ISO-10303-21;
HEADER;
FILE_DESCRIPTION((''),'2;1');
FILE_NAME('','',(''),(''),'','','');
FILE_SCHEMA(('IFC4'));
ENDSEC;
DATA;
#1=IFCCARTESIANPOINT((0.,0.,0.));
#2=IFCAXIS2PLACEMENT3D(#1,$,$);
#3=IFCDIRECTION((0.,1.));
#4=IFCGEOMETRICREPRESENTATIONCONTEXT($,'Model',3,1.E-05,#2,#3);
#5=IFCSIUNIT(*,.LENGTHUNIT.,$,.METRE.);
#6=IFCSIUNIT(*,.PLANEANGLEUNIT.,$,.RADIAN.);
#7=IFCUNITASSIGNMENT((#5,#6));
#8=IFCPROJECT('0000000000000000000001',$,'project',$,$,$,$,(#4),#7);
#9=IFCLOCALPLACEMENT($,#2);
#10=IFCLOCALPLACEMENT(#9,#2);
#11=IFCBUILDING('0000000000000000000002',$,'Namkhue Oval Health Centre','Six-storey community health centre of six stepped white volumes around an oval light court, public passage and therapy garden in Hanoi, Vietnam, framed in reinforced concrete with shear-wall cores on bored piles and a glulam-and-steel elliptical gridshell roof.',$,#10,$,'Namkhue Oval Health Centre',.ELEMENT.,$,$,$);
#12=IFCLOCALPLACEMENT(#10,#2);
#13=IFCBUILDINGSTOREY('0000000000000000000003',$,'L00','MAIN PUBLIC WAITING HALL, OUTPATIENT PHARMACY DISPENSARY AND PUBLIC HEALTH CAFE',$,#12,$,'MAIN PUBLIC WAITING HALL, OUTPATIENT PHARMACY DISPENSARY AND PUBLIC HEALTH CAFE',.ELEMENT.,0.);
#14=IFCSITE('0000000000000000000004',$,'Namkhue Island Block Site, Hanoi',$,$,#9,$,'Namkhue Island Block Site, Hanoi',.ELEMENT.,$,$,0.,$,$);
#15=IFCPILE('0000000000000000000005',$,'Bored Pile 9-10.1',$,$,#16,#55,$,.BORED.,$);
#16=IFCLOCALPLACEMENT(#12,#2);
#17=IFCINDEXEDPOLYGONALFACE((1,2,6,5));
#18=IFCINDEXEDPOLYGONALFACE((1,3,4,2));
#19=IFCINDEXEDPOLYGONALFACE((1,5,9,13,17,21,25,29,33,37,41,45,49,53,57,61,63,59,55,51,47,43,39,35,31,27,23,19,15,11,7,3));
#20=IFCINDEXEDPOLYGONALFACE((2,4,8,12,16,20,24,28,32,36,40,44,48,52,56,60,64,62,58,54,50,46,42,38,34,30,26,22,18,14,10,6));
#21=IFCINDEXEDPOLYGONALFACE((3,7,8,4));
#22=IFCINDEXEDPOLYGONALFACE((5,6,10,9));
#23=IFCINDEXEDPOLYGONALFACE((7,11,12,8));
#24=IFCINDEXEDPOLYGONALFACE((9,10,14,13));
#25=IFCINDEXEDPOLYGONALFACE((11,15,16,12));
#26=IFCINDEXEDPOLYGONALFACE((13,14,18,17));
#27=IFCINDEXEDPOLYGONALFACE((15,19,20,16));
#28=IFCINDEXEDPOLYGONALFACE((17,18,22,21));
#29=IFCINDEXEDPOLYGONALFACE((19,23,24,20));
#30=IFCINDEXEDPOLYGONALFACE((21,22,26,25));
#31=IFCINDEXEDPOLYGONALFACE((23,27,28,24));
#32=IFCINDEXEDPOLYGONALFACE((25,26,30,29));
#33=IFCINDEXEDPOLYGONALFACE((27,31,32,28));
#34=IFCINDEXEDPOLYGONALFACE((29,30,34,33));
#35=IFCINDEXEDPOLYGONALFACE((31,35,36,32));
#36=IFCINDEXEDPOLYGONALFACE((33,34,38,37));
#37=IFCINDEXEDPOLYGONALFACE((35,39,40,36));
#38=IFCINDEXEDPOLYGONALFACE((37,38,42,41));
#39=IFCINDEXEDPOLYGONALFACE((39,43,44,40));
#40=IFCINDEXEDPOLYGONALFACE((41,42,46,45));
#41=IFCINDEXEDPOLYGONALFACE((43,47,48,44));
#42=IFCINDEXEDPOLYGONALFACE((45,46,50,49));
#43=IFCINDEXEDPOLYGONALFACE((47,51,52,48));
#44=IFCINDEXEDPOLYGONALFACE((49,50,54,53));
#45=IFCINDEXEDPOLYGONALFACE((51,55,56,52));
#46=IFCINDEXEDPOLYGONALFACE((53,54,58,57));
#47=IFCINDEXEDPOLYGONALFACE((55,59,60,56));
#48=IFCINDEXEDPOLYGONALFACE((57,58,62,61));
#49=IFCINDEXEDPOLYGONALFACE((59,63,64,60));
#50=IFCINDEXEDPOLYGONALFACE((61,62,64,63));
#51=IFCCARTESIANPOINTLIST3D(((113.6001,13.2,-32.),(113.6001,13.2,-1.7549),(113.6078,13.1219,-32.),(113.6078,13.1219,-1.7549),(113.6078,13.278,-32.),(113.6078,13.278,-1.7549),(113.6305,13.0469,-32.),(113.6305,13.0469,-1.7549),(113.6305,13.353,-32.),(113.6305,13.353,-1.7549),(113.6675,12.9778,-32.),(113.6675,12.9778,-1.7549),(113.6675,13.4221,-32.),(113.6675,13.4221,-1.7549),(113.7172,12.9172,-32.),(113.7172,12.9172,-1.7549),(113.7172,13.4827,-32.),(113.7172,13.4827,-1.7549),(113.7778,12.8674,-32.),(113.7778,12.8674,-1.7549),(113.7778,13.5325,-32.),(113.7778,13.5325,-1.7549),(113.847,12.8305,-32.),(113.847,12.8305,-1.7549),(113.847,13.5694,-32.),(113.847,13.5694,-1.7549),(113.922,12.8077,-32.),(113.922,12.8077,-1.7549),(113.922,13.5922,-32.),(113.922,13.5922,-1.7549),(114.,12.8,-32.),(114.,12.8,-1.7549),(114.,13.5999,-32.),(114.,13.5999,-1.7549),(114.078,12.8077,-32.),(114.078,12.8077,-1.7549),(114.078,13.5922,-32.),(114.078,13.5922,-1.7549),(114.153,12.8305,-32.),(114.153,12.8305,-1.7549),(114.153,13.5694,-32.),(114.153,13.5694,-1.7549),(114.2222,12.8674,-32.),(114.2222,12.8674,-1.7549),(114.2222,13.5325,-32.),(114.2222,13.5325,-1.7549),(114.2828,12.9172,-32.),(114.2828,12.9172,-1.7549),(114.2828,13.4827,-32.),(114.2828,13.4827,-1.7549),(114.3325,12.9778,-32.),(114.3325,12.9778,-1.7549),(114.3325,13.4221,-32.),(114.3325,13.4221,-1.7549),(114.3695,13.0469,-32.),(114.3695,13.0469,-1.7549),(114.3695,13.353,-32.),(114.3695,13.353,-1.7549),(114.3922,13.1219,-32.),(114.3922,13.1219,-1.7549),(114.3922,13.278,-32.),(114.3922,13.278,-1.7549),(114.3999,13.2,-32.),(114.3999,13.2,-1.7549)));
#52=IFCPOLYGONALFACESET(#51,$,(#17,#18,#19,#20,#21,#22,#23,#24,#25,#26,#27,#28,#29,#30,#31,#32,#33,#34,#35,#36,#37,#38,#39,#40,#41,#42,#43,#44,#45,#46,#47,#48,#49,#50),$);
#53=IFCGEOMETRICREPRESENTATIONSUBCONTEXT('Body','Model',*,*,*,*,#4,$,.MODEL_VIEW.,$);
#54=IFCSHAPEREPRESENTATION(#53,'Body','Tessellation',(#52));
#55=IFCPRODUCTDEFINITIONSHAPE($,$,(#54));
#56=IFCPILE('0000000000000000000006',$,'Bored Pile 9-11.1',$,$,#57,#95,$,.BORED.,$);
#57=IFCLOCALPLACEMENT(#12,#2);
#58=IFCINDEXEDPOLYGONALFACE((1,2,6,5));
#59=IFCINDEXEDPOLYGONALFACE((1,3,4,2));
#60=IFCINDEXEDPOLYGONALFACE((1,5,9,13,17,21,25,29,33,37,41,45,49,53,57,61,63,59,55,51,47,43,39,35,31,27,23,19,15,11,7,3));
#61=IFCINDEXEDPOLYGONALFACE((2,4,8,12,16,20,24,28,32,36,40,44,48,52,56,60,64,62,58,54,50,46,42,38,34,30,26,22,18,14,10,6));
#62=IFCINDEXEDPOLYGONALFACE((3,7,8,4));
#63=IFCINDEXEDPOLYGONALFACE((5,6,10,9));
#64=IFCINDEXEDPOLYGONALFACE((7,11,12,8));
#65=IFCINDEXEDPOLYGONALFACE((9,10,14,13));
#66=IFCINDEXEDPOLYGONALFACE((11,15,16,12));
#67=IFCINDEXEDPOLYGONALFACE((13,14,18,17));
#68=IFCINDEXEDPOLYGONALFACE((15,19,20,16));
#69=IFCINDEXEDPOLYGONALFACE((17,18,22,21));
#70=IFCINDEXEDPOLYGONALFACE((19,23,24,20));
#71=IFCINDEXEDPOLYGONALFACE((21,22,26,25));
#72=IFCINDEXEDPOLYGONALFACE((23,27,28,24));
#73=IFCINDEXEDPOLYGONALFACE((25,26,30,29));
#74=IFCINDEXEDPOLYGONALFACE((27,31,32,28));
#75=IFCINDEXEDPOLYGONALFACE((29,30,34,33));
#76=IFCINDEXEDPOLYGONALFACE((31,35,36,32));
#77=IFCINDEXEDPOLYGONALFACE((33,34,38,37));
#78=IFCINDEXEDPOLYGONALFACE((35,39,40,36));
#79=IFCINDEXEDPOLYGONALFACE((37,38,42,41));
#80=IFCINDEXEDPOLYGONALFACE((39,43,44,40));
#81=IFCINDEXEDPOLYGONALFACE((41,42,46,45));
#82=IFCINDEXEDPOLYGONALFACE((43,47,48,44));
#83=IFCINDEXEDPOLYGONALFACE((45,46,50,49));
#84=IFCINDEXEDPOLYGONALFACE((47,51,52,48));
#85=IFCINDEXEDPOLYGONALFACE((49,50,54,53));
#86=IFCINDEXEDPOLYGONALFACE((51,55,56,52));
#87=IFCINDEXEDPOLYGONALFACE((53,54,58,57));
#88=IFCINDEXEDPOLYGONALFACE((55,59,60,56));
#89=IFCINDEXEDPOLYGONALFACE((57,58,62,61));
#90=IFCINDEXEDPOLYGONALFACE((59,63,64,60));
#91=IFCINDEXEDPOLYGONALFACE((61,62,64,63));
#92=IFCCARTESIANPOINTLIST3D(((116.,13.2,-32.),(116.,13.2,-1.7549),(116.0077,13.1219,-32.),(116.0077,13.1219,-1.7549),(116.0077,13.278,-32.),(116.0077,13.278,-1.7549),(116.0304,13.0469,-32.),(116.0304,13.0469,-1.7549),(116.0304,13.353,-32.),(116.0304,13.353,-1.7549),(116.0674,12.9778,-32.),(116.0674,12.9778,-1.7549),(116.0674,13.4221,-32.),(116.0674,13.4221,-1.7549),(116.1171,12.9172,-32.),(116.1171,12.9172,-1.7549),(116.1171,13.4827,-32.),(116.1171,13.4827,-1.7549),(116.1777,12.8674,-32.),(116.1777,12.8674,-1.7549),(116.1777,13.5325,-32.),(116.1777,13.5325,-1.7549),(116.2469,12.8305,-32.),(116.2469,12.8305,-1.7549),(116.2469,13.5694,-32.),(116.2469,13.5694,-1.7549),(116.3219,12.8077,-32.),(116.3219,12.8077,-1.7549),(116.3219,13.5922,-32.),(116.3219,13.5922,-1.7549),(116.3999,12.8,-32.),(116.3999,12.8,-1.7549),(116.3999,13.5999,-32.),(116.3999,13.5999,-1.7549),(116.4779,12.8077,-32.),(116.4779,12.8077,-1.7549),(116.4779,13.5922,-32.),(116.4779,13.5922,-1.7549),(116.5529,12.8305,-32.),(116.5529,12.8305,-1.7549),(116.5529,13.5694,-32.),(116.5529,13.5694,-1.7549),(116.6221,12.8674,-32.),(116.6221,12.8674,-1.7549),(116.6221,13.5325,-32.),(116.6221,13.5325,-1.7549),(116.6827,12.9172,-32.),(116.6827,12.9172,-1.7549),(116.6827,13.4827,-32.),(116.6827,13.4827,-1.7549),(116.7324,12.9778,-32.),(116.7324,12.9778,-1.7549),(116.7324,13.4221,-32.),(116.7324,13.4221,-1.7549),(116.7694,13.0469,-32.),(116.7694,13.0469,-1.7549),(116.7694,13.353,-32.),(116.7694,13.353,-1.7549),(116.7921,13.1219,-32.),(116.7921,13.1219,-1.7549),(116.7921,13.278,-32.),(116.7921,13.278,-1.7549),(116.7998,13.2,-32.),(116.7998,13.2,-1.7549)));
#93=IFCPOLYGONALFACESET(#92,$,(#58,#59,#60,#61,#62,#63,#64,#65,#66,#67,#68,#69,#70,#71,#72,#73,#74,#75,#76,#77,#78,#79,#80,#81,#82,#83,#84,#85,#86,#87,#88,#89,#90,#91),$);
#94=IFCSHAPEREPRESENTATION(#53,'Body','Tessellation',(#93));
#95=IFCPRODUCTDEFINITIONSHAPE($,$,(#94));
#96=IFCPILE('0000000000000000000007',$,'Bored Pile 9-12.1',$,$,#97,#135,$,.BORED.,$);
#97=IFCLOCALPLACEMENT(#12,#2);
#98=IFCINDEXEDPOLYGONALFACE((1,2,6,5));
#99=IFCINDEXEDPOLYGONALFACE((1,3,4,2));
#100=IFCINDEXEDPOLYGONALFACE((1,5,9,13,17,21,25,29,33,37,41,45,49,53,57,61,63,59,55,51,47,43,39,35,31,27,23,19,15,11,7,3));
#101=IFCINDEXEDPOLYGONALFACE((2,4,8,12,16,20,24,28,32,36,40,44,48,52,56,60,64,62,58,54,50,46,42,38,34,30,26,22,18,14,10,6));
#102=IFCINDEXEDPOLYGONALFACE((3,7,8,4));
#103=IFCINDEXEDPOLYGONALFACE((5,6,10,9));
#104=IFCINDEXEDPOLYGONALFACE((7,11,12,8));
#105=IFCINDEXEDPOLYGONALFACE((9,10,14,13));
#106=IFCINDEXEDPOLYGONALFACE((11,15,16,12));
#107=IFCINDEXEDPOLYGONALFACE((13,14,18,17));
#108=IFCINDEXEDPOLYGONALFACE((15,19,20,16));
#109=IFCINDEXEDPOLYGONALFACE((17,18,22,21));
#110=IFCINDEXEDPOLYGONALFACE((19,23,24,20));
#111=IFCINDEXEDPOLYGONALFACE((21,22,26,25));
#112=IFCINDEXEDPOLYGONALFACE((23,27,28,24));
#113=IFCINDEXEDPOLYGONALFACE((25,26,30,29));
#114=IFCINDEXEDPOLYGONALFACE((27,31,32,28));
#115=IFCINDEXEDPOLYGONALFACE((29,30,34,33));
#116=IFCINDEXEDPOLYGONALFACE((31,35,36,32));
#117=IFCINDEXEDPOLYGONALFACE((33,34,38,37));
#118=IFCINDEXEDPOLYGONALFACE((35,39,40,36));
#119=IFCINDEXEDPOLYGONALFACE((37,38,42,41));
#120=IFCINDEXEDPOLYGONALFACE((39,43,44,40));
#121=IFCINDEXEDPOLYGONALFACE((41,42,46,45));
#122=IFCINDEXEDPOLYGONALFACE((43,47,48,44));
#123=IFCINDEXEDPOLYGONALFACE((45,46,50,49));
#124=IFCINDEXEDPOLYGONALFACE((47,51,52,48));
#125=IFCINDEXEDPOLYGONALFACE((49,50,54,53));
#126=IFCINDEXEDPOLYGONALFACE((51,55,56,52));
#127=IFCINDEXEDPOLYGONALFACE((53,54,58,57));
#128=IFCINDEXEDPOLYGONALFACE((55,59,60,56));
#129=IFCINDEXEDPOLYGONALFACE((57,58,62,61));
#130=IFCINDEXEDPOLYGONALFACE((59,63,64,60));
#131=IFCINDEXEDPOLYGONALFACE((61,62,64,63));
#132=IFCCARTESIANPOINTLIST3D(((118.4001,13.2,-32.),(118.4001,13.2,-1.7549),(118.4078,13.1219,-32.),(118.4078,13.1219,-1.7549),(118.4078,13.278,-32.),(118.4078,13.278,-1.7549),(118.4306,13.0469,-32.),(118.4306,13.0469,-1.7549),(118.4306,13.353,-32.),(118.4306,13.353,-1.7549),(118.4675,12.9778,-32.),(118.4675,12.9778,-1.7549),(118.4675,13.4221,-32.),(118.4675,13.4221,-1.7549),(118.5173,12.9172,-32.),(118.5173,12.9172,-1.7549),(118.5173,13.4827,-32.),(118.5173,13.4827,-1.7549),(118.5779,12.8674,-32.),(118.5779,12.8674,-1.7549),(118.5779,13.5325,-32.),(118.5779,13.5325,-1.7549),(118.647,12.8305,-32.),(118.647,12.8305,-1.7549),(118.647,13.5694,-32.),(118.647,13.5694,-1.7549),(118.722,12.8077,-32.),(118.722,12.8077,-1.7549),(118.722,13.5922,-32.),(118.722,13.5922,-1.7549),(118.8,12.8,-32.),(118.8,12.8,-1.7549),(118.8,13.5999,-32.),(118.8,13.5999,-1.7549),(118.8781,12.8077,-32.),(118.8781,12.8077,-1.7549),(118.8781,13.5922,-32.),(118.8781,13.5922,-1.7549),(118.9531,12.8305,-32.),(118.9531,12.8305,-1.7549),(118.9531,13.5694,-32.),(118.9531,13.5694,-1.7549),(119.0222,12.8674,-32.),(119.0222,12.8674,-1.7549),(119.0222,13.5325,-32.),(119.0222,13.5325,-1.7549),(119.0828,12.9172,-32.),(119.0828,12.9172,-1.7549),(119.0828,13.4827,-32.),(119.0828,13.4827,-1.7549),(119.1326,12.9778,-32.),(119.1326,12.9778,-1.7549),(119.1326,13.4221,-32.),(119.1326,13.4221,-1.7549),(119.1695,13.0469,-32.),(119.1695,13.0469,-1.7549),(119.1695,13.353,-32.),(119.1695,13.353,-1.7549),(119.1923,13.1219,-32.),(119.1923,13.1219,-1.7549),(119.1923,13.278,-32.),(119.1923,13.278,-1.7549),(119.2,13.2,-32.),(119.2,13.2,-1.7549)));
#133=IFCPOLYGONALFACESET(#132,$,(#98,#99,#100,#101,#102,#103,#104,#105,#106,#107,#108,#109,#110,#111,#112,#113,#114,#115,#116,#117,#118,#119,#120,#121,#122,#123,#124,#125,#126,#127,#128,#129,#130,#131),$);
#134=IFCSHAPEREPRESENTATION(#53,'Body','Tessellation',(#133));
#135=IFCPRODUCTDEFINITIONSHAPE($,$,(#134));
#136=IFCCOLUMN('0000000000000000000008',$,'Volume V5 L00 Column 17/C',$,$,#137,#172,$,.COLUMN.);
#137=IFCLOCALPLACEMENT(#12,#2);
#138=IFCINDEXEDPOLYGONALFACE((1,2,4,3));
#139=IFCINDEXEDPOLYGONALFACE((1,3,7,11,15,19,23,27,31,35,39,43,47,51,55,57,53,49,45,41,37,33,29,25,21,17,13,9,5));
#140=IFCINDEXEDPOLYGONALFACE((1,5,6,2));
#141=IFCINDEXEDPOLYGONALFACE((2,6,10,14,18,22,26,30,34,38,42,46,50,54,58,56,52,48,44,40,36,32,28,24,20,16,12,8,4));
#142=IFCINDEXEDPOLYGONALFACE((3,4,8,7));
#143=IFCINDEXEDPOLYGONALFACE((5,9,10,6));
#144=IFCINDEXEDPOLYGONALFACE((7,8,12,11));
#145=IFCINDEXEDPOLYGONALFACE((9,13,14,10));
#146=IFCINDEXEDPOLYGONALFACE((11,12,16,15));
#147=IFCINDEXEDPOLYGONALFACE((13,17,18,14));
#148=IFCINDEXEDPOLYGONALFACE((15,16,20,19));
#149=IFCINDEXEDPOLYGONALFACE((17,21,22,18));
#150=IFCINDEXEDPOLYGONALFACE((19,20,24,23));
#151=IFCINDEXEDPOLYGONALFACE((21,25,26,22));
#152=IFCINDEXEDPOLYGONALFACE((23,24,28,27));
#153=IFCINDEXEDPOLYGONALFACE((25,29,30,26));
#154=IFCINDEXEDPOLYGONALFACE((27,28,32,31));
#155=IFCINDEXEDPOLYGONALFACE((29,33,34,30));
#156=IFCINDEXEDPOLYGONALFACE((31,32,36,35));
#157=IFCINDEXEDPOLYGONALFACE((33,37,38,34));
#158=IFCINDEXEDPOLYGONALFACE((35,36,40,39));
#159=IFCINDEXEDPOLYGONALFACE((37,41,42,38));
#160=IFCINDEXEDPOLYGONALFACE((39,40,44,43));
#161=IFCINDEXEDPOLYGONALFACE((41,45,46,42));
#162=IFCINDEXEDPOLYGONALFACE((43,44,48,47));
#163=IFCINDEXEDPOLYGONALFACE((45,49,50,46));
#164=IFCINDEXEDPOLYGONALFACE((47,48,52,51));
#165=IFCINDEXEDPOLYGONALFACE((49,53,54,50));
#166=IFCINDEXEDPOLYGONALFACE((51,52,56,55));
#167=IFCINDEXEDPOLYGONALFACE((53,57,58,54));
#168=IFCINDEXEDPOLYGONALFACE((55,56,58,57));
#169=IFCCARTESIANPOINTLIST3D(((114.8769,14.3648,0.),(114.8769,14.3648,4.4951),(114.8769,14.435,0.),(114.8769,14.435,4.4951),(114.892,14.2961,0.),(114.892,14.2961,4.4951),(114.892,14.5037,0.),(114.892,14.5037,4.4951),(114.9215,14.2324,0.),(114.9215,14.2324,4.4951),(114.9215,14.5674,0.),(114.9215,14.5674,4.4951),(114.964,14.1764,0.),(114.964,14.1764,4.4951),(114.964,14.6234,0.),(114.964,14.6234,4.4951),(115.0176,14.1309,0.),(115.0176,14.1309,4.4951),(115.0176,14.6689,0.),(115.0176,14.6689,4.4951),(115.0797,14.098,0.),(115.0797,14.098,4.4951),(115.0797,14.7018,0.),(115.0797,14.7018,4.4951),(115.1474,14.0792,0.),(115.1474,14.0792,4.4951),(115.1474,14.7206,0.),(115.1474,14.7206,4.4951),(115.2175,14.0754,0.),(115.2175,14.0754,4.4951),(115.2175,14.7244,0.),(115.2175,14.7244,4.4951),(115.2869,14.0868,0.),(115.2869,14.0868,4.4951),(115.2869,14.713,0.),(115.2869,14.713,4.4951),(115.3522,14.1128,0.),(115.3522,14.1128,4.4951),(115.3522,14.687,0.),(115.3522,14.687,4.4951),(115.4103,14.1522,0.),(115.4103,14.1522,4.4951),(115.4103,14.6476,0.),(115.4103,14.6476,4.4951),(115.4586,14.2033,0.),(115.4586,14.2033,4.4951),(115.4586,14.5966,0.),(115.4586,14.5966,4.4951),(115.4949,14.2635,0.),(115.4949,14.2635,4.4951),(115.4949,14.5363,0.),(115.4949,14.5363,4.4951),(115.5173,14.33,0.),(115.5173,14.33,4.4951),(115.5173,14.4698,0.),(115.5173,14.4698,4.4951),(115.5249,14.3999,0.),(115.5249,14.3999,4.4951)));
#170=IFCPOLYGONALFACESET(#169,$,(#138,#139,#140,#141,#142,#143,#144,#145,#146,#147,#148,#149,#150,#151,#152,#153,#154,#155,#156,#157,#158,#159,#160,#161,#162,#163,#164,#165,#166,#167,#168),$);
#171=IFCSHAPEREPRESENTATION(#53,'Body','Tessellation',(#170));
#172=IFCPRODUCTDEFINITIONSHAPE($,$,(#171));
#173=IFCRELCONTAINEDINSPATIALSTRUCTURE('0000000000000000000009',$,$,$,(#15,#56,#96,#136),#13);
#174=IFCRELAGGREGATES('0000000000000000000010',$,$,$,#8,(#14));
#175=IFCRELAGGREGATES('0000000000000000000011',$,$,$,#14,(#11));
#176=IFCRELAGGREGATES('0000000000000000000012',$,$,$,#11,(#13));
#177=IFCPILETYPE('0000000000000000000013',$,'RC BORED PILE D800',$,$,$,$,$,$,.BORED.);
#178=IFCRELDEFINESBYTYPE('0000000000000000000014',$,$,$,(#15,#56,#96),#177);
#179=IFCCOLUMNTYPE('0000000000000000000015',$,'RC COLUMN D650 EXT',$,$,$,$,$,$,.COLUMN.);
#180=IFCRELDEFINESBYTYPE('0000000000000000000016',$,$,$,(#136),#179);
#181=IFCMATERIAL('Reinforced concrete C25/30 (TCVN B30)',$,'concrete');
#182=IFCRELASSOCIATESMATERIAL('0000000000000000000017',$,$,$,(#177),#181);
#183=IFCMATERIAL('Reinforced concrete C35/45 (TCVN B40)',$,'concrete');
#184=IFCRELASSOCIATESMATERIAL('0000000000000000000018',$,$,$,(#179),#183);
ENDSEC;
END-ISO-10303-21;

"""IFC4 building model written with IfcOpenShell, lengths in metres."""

from ifc_helpers import new_model, si_unit, direction, frame, origin, origin_2d, place, context, subcontext, project, spatial, circle, extrude, material, material_profile, profile_set, type_object, element, save


model = new_model("IFC4")

# Units and contexts
model_context = context("Model", 3, precision=1e-05, world=origin(), true_north=direction((0.0, 1.0)))
body_context = subcontext(model_context, "Body", "Model", "MODEL_VIEW")
ifc_project = project(units=[si_unit("LENGTHUNIT", "METRE"), si_unit("PLANEANGLEUNIT", "RADIAN")], contexts=[model_context])

# Site, building, storey
site_placement = place(None, origin())
site = spatial("IfcSite", under=ifc_project, at=site_placement, Name="Namkhue Island Block Site, Hanoi", LongName="Namkhue Island Block Site, Hanoi", CompositionType="ELEMENT", RefElevation=0.0)
building_placement = place(site_placement, origin())
building = spatial("IfcBuilding", under=site, at=building_placement, Name="Namkhue Oval Health Centre", Description="Six-storey community health centre of six stepped white volumes around an oval light court, public passage and therapy garden in Hanoi, Vietnam, framed in reinforced concrete with shear-wall cores on bored piles and a glulam-and-steel elliptical gridshell roof.", LongName="Namkhue Oval Health Centre", CompositionType="ELEMENT")
storey_placement = place(building_placement, origin())
storey = spatial("IfcBuildingStorey", under=building, at=storey_placement, Name="L00", Description="MAIN PUBLIC WAITING HALL, OUTPATIENT PHARMACY DISPENSARY AND PUBLIC HEALTH CAFE", LongName="MAIN PUBLIC WAITING HALL, OUTPATIENT PHARMACY DISPENSARY AND PUBLIC HEALTH CAFE", CompositionType="ELEMENT", Elevation=0.0)

# Piles
ifc_material_1 = material(Name="Reinforced concrete C25/30 (TCVN B30)", Category="concrete")
ifc_material_profile_1 = material_profile(ifc_material_1, circle(Radius=0.3999, at=origin_2d()), Name="BORED PILE D800")
ifc_profile_set_1 = profile_set([ifc_material_profile_1], Name="Reinforced concrete C25/30 (TCVN B30)")
pile_type = type_object("IfcPileType", Name="RC BORED PILE D800", PredefinedType="BORED", material=ifc_profile_set_1)
for number, where, z_axis, x_axis, name in (
    (1, (114.0, 13.2, -1.7549), (0.0, 0.0, -1.0), (1.0, 0.0, 0.0), "Bored Pile 9-10.1"),
    (2, (116.3999, 13.2, -1.7549), (0.0, 0.0, -1.0), (1.0, 0.0, 0.0), "Bored Pile 9-11.1"),
    (3, (118.8, 13.2, -1.7549), (0.0, 0.0, -1.0), (1.0, 0.0, 0.0), "Bored Pile 9-12.1"),
):
    element("IfcPile", number, at=place(storey_placement, frame(where, z_axis=z_axis, x_axis=x_axis)), inside=storey, type_object=pile_type, Name=name, PredefinedType="BORED", context=body_context, shape_type="SweptSolid", body=[
        extrude(circle(Radius=0.3999, at=origin_2d()), origin(), (0.0, 0.0, 1.0), 30.2451),
    ])

# Column
ifc_material_2 = material(Name="Reinforced concrete C35/45 (TCVN B40)", Category="concrete")
ifc_material_profile_2 = material_profile(ifc_material_2, circle(Radius=0.325, at=origin_2d()), Name="RC D650")
ifc_profile_set_2 = profile_set([ifc_material_profile_2], Name="Reinforced concrete C35/45 (TCVN B40)")
column_type_1 = type_object("IfcColumnType", Name="RC COLUMN D650 EXT", PredefinedType="COLUMN", material=ifc_profile_set_2)
column_1_placement = place(storey_placement, frame((115.2, 14.3999, 0.0), z_axis=(0.0, 0.0, 1.0), x_axis=(1.0, 0.0, 0.0)))
element("IfcColumn", 4, at=column_1_placement, inside=storey, type_object=column_type_1, Name="Volume V5 L00 Column 17/C", PredefinedType="COLUMN", context=body_context, shape_type="SweptSolid", body=[
    extrude(circle(Radius=0.325, at=origin_2d()), origin(), (0.0, 0.0, 1.0), 4.4951),
])

save(model, "model.ifc")
